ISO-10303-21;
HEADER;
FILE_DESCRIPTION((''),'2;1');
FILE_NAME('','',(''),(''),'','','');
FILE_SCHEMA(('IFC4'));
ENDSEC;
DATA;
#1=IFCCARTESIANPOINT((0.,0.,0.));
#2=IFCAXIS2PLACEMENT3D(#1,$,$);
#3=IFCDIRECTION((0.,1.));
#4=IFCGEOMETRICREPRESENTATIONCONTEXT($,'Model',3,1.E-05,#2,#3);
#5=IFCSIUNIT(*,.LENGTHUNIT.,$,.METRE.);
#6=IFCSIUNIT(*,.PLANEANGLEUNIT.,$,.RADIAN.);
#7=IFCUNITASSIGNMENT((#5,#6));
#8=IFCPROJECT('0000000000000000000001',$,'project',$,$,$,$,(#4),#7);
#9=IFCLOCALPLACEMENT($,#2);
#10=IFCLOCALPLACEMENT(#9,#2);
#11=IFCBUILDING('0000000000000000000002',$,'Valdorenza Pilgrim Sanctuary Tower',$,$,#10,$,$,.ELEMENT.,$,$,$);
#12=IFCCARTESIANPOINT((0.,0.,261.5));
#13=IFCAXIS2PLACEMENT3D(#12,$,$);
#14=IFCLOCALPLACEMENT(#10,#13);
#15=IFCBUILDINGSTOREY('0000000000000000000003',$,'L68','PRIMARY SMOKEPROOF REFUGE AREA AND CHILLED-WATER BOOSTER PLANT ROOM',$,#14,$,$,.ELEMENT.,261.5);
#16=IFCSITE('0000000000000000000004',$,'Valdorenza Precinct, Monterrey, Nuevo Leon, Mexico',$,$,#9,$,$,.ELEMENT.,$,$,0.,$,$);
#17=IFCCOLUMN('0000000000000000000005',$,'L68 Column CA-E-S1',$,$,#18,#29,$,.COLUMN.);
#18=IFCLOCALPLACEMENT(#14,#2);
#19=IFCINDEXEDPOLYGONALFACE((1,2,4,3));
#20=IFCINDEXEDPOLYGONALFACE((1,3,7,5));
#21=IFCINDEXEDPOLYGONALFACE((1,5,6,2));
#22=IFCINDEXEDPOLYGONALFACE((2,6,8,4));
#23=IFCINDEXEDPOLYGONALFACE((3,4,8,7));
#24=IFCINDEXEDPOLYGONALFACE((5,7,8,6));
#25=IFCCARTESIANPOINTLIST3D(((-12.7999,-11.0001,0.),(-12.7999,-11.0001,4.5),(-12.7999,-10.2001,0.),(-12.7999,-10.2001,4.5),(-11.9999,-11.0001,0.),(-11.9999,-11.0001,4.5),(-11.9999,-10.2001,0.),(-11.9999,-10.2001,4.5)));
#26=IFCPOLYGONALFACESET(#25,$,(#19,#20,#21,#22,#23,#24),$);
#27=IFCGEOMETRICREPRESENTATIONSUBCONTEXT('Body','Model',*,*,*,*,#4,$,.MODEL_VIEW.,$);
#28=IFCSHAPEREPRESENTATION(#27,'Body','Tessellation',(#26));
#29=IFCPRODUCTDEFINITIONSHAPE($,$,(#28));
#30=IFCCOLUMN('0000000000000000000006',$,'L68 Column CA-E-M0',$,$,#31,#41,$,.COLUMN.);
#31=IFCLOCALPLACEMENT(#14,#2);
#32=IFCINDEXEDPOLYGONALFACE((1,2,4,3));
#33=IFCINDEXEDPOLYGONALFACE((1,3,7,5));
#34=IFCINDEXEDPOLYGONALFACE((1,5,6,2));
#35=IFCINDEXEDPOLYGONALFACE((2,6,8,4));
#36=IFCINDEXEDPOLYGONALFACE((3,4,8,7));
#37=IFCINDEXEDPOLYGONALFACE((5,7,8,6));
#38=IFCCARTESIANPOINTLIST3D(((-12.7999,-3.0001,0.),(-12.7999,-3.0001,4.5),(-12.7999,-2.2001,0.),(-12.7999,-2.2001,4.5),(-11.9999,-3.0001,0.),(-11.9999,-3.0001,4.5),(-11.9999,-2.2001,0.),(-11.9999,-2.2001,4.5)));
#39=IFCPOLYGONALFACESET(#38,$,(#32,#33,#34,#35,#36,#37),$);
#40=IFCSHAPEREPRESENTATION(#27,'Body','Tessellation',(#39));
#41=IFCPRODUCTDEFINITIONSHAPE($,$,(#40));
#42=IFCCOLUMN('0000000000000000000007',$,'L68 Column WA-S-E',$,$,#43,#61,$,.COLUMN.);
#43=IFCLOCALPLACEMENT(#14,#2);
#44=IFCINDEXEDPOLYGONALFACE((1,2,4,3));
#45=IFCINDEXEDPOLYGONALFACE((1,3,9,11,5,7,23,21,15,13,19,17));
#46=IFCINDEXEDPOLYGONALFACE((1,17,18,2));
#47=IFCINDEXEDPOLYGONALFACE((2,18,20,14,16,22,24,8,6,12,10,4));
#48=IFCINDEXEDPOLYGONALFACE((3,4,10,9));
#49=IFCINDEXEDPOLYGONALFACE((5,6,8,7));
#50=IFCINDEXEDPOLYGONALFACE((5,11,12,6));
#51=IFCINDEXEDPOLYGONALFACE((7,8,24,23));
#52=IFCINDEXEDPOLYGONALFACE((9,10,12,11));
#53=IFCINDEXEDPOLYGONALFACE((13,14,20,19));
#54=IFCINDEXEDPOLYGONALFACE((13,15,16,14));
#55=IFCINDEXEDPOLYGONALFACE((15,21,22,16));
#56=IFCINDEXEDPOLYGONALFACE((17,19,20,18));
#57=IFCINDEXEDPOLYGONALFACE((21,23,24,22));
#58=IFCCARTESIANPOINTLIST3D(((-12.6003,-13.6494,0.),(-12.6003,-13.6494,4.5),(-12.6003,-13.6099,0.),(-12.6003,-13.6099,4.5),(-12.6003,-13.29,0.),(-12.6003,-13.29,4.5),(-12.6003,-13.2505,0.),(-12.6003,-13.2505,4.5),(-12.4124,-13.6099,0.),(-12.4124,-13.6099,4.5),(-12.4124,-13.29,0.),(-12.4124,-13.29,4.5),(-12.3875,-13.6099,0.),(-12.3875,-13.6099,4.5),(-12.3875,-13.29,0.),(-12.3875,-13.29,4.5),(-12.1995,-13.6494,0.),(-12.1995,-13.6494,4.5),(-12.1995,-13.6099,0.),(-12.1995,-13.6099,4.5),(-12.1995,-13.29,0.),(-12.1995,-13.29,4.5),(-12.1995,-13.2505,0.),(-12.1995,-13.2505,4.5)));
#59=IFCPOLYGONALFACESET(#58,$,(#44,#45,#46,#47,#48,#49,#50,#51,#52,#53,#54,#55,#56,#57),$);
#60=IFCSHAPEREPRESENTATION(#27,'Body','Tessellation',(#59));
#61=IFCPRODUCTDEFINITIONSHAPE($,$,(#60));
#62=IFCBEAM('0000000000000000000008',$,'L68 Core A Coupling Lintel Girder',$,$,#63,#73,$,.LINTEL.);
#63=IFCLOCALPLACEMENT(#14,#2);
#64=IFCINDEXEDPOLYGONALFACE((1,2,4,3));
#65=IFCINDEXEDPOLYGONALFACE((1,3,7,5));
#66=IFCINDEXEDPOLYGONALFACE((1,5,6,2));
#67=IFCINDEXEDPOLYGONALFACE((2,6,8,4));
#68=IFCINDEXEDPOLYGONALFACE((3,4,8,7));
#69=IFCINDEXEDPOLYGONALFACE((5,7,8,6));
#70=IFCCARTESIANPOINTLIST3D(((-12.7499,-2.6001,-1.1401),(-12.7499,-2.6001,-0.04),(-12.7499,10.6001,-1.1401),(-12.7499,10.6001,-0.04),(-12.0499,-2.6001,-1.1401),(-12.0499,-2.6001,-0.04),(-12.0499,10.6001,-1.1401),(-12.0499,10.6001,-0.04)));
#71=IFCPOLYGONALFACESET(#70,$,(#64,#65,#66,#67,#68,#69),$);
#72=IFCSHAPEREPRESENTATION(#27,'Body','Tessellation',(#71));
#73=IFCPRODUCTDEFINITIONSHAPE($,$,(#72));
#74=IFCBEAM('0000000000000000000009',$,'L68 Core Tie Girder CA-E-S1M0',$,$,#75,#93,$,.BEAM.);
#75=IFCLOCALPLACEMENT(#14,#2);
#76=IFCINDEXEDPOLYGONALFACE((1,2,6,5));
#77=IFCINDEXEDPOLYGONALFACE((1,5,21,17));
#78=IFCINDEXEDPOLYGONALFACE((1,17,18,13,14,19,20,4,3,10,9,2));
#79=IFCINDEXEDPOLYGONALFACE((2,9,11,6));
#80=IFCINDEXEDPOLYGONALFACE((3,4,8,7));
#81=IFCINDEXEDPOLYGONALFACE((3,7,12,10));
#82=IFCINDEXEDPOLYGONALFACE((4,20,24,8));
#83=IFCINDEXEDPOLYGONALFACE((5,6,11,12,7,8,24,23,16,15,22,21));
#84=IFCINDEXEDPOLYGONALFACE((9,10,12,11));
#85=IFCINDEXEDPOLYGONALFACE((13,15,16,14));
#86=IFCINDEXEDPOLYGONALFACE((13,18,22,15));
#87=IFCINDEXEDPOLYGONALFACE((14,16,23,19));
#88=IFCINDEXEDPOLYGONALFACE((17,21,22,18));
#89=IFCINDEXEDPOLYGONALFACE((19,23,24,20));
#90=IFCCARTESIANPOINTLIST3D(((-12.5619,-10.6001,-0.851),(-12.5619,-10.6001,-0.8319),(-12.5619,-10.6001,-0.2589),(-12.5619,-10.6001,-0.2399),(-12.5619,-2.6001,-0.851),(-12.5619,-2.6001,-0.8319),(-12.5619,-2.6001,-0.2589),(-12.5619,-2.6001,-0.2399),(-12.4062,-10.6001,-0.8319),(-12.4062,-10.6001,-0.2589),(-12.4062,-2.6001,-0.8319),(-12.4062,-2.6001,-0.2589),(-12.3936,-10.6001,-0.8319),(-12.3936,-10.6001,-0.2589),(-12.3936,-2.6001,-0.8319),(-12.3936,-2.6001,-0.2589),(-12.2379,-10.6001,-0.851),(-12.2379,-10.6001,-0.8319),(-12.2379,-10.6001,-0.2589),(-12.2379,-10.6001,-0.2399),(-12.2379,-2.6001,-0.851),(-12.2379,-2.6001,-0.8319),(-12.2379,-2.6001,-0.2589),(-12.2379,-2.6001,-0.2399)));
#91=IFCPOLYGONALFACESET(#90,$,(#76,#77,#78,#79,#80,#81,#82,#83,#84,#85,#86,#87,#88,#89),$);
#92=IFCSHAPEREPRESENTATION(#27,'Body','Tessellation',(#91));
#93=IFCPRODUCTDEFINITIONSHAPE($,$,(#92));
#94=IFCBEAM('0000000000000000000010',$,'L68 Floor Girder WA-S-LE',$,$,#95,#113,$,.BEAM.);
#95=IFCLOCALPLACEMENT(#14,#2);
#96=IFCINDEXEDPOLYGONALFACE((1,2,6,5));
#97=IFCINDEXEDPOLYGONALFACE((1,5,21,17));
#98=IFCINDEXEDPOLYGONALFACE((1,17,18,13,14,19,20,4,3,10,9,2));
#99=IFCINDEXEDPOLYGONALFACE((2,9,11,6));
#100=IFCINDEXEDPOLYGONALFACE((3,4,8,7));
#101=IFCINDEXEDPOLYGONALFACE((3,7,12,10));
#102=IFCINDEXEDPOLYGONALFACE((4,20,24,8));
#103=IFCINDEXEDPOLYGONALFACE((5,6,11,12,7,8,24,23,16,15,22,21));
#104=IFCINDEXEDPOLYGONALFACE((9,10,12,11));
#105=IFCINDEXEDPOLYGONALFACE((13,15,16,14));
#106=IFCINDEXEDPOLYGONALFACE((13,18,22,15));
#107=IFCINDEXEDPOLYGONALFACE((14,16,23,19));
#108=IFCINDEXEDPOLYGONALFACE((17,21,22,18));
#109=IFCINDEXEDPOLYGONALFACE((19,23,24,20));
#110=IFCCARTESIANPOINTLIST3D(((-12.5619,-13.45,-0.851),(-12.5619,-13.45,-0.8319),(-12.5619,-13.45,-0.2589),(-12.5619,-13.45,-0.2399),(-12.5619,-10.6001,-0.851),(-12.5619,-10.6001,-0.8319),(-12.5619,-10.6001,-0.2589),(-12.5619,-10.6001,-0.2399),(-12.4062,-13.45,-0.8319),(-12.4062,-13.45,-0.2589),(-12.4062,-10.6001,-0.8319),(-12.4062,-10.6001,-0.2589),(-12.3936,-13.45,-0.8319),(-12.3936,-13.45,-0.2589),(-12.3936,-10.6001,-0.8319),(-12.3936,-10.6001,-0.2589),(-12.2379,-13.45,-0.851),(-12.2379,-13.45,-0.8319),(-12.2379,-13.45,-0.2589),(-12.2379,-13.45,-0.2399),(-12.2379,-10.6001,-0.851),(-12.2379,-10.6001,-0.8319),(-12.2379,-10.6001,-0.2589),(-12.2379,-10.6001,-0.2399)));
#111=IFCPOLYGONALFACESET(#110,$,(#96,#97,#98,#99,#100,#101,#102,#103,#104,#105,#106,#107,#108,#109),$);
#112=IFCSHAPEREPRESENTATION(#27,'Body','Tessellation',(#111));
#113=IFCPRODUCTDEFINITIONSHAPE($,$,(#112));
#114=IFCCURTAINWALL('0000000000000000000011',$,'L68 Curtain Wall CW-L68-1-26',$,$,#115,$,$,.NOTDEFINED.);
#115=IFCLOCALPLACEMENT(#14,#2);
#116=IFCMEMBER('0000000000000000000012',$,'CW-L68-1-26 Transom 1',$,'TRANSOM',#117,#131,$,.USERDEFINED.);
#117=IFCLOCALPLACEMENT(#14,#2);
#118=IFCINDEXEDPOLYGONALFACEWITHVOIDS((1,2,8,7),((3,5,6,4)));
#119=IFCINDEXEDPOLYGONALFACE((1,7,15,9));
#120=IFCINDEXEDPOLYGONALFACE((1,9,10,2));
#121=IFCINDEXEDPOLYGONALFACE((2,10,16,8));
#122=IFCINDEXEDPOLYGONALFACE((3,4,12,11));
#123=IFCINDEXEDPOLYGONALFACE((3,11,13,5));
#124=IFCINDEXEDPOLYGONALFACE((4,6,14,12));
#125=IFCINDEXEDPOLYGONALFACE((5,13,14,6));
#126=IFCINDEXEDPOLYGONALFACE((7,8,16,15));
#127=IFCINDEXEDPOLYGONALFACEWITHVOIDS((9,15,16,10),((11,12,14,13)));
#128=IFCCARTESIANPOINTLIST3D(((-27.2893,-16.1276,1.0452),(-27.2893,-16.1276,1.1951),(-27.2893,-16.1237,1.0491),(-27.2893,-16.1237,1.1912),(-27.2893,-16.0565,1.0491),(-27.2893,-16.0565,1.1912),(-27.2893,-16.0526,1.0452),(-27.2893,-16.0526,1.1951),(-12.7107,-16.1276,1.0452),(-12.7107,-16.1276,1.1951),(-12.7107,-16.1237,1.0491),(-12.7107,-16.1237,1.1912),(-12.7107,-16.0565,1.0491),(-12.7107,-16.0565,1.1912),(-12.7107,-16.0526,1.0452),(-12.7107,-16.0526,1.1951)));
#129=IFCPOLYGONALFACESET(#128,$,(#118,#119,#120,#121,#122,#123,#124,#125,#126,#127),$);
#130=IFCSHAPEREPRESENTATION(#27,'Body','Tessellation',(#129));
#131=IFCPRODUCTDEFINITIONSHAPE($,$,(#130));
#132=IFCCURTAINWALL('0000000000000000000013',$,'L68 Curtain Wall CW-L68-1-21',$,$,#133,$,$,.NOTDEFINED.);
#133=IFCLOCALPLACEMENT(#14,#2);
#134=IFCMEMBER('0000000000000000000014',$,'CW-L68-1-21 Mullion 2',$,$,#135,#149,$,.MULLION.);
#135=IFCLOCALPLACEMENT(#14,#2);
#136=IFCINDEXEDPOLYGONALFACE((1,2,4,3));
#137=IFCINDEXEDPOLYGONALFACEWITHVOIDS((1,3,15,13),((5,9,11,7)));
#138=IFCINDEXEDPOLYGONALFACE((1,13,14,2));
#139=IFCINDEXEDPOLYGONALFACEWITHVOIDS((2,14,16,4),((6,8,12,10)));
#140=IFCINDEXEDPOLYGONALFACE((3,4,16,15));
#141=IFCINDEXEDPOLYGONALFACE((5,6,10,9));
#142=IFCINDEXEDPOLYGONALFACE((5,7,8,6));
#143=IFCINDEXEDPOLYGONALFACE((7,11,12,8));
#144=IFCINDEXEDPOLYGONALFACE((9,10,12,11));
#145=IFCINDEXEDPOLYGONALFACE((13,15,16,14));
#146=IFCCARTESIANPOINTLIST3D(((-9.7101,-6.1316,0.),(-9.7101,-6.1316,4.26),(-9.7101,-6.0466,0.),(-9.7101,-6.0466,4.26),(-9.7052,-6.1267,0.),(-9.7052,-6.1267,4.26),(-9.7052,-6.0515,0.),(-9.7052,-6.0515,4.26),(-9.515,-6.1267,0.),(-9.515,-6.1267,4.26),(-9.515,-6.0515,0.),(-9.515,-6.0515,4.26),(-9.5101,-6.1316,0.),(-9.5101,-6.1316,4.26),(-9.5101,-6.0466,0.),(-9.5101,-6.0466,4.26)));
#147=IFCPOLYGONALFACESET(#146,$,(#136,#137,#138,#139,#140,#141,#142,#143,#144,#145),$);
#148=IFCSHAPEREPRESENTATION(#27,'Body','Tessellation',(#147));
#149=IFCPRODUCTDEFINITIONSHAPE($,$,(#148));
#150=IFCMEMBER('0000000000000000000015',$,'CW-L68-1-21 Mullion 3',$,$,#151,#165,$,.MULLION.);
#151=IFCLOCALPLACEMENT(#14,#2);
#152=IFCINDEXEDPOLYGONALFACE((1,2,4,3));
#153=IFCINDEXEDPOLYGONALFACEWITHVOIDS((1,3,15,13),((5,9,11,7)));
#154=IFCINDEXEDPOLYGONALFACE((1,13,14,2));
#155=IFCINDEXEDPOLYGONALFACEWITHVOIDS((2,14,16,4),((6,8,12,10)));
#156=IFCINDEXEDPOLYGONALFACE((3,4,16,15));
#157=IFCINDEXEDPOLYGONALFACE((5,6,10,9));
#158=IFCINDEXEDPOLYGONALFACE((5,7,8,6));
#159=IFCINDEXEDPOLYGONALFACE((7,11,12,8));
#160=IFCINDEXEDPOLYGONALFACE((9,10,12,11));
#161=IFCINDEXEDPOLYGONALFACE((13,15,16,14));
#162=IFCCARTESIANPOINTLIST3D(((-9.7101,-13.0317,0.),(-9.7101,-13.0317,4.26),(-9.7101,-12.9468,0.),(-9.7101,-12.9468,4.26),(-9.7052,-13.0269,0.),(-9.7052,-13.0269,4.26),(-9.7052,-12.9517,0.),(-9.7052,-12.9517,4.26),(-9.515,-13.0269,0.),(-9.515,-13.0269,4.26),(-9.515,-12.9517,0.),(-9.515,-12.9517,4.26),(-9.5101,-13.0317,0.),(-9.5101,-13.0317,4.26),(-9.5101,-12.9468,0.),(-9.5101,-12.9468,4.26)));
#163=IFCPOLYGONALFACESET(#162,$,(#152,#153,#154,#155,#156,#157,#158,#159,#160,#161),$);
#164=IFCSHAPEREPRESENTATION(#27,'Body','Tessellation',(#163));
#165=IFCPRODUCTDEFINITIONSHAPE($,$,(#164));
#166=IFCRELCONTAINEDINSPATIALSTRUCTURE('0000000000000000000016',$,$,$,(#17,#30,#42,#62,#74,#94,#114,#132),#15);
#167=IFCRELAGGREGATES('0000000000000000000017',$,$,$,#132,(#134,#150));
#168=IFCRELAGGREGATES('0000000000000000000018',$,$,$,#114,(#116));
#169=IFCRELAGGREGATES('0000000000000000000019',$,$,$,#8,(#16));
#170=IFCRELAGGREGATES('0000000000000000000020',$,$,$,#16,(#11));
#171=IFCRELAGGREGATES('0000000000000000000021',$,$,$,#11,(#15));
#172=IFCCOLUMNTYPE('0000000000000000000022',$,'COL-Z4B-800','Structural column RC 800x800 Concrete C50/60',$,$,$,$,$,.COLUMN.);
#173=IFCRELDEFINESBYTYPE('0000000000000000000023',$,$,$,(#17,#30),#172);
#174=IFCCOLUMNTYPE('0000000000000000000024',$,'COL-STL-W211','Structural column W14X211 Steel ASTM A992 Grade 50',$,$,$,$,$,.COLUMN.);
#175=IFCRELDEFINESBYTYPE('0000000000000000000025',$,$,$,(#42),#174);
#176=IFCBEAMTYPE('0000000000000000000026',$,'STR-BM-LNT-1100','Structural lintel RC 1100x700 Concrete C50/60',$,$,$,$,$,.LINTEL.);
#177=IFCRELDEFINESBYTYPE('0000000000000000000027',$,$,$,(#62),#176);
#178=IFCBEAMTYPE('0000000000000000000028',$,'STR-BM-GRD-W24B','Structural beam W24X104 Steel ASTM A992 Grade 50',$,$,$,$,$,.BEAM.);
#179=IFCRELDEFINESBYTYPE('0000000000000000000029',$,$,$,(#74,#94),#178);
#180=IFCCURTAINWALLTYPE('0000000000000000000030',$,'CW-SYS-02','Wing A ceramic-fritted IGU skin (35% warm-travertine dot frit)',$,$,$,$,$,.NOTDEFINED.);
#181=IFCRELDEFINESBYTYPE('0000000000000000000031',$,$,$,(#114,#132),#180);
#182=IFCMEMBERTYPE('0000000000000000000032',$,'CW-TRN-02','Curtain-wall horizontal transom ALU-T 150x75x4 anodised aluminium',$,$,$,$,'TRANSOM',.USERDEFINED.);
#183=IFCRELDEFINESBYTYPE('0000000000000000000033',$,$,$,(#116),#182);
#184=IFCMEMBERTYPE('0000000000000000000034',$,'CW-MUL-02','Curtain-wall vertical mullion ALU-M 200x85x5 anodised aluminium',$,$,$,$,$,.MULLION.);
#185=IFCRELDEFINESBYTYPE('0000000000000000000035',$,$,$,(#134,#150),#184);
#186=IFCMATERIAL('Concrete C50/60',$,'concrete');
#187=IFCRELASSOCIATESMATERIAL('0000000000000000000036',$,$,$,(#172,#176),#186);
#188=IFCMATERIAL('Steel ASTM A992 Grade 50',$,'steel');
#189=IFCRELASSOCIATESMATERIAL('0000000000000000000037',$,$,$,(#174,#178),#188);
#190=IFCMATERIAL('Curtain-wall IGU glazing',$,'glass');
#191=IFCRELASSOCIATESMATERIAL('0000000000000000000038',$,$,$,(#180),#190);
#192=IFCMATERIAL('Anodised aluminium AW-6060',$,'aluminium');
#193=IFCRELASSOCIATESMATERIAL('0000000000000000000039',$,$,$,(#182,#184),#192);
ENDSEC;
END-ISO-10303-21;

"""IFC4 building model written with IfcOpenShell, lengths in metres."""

from ifc_helpers import new_model, si_unit, direction, frame, origin, origin_2d, place, context, subcontext, project, spatial, rectangle, hollow_rectangle, i_section, extrude, source, transform, mapped, material, material_profile, profile_set, type_object, element, aggregate, save


model = new_model("IFC4")

# Units and contexts
model_context = context("Model", 3, precision=1e-05, world=origin(), true_north=direction((0.0, 1.0)))
body_context = subcontext(model_context, "Body", "Model", "MODEL_VIEW")
ifc_project = project(units=[si_unit("LENGTHUNIT", "METRE"), si_unit("PLANEANGLEUNIT", "RADIAN")], contexts=[model_context])

# Site, building, storey
site_placement = place(None, origin())
site = spatial("IfcSite", under=ifc_project, at=site_placement, Name="Valdorenza Precinct, Monterrey, Nuevo Leon, Mexico", CompositionType="ELEMENT", RefElevation=0.0)
building_placement = place(site_placement, origin())
building = spatial("IfcBuilding", under=site, at=building_placement, Name="Valdorenza Pilgrim Sanctuary Tower", CompositionType="ELEMENT")
storey_placement = place(building_placement, frame((0.0, 0.0, 261.5)))
storey = spatial("IfcBuildingStorey", under=building, at=storey_placement, Name="L68", Description="PRIMARY SMOKEPROOF REFUGE AREA AND CHILLED-WATER BOOSTER PLANT ROOM", CompositionType="ELEMENT", Elevation=261.5)

# Columns
ifc_material_1 = material(Name="Concrete C50/60", Category="concrete")
ifc_material_profile_1 = material_profile(ifc_material_1, rectangle(XDim=0.8, YDim=0.8, at=origin_2d()), Name="RC 800x800")
ifc_profile_set_1 = profile_set([ifc_material_profile_1], Name="Concrete C50/60")
column_type_1 = type_object("IfcColumnType", Name="COL-Z4B-800", Description="Structural column RC 800x800 Concrete C50/60", PredefinedType="COLUMN", material=ifc_profile_set_1)
shared_shape_1 = source(origin(), body_context, "Body", "SweptSolid", [
    extrude(rectangle(XDim=0.8, YDim=0.8, at=origin_2d()), origin(), (0.0, 0.0, 1.0), 4.5),
])
for number, where, z_axis, x_axis, name in (
    (1, (-12.3999, -10.6001, 0.0), (0.0, 0.0, 1.0), (1.0, 0.0, 0.0), "L68 Column CA-E-S1"),
    (2, (-12.3999, -2.6001, 0.0), (0.0, 0.0, 1.0), (1.0, 0.0, 0.0), "L68 Column CA-E-M0"),
):
    element("IfcColumn", number, at=place(storey_placement, frame(where, z_axis=z_axis, x_axis=x_axis)), inside=storey, type_object=column_type_1, Name=name, PredefinedType="COLUMN", context=body_context, shape_type="MappedRepresentation", body=[
        mapped(shared_shape_1, transform((0.0, 0.0, 0.0), x_axis=(1.0, 0.0, 0.0), y_axis=(0.0, 1.0, 0.0), z_axis=(0.0, 0.0, 1.0), scale=1.0)),
    ])
ifc_material_2 = material(Name="Steel ASTM A992 Grade 50", Category="steel")
ifc_material_profile_2 = material_profile(ifc_material_2, i_section(OverallWidth=0.4009, OverallDepth=0.3989, WebThickness=0.0249, FlangeThickness=0.0396, at=origin_2d()), Name="W14X211")
ifc_profile_set_2 = profile_set([ifc_material_profile_2], Name="Steel ASTM A992 Grade 50")
column_type_2 = type_object("IfcColumnType", Name="COL-STL-W211", Description="Structural column W14X211 Steel ASTM A992 Grade 50", PredefinedType="COLUMN", material=ifc_profile_set_2)
shared_shape_2 = source(origin(), body_context, "Body", "SweptSolid", [
    extrude(i_section(OverallWidth=0.4009, OverallDepth=0.3989, WebThickness=0.0249, FlangeThickness=0.0396, at=origin_2d()), origin(), (0.0, 0.0, 1.0), 4.5),
])
column_placement = place(storey_placement, frame((-12.3999, -13.45, 0.0), z_axis=(0.0, 0.0, 1.0), x_axis=(1.0, 0.0, 0.0)))
element("IfcColumn", 3, at=column_placement, inside=storey, type_object=column_type_2, Name="L68 Column WA-S-E", PredefinedType="COLUMN", context=body_context, shape_type="MappedRepresentation", body=[
    mapped(shared_shape_2, transform((0.0, 0.0, 0.0), x_axis=(1.0, 0.0, 0.0), y_axis=(0.0, 1.0, 0.0), z_axis=(0.0, 0.0, 1.0), scale=1.0)),
])

# Beams
ifc_material_profile_3 = material_profile(ifc_material_1, rectangle(XDim=0.7, YDim=1.1001, at=origin_2d()), Name="RC 1100x700")
ifc_profile_set_3 = profile_set([ifc_material_profile_3], Name="Concrete C50/60")
beam_type_1 = type_object("IfcBeamType", Name="STR-BM-LNT-1100", Description="Structural lintel RC 1100x700 Concrete C50/60", PredefinedType="LINTEL", material=ifc_profile_set_3)
shared_shape_3 = source(origin(), body_context, "Body", "SweptSolid", [
    extrude(rectangle(XDim=0.7, YDim=1.1001, at=origin_2d()), origin(), (0.0, 0.0, 1.0), 13.2002),
])
beam_1_placement = place(storey_placement, frame((-12.3999, -2.6001, -0.5901), z_axis=(0.0, 1.0, 0.0), x_axis=(-1.0, 0.0, 0.0)))
element("IfcBeam", 4, at=beam_1_placement, inside=storey, type_object=beam_type_1, Name="L68 Core A Coupling Lintel Girder", PredefinedType="LINTEL", context=body_context, shape_type="MappedRepresentation", body=[
    mapped(shared_shape_3, transform((0.0, 0.0, 0.0), x_axis=(1.0, 0.0, 0.0), y_axis=(0.0, 1.0, 0.0), z_axis=(0.0, 0.0, 1.0), scale=1.0)),
])
ifc_material_profile_4 = material_profile(ifc_material_2, i_section(OverallWidth=0.324, OverallDepth=0.6111, WebThickness=0.0127, FlangeThickness=0.019, at=origin_2d()), Name="W24X104")
ifc_profile_set_4 = profile_set([ifc_material_profile_4], Name="Steel ASTM A992 Grade 50")
beam_type_2 = type_object("IfcBeamType", Name="STR-BM-GRD-W24B", Description="Structural beam W24X104 Steel ASTM A992 Grade 50", PredefinedType="BEAM", material=ifc_profile_set_4)
shared_shape_4 = source(origin(), body_context, "Body", "SweptSolid", [
    extrude(i_section(OverallWidth=0.324, OverallDepth=0.6111, WebThickness=0.0127, FlangeThickness=0.019, at=origin_2d()), origin(), (0.0, 0.0, 1.0), 8.0),
])
beam_2_placement = place(storey_placement, frame((-12.3999, -10.6001, -0.5454), z_axis=(0.0, 1.0, 0.0), x_axis=(-1.0, 0.0, 0.0)))
element("IfcBeam", 5, at=beam_2_placement, inside=storey, type_object=beam_type_2, Name="L68 Core Tie Girder CA-E-S1M0", PredefinedType="BEAM", context=body_context, shape_type="MappedRepresentation", body=[
    mapped(shared_shape_4, transform((0.0, 0.0, 0.0), x_axis=(1.0, 0.0, 0.0), y_axis=(0.0, 1.0, 0.0), z_axis=(0.0, 0.0, 1.0), scale=1.0)),
])
shared_shape_5 = source(origin(), body_context, "Body", "SweptSolid", [
    extrude(i_section(OverallWidth=0.324, OverallDepth=0.6111, WebThickness=0.0127, FlangeThickness=0.019, at=origin_2d()), origin(), (0.0, 0.0, 1.0), 2.8499),
])
beam_3_placement = place(storey_placement, frame((-12.3999, -13.45, -0.5454), z_axis=(0.0, 1.0, 0.0), x_axis=(-1.0, 0.0, 0.0)))
element("IfcBeam", 6, at=beam_3_placement, inside=storey, type_object=beam_type_2, Name="L68 Floor Girder WA-S-LE", PredefinedType="BEAM", context=body_context, shape_type="MappedRepresentation", body=[
    mapped(shared_shape_5, transform((0.0, 0.0, 0.0), x_axis=(1.0, 0.0, 0.0), y_axis=(0.0, 1.0, 0.0), z_axis=(0.0, 0.0, 1.0), scale=1.0)),
])

# Curtain wall, member
ifc_material_3 = material(Name="Curtain-wall IGU glazing", Category="glass")
curtain_wall_type = type_object("IfcCurtainWallType", Name="CW-SYS-02", Description="Wing A ceramic-fritted IGU skin (35% warm-travertine dot frit)", PredefinedType="NOTDEFINED", material=ifc_material_3)
curtain_wall_1_placement = place(storey_placement, origin())
curtain_wall_1 = element("IfcCurtainWall", 7, at=curtain_wall_1_placement, inside=storey, type_object=curtain_wall_type, Name="L68 Curtain Wall CW-L68-1-26", PredefinedType="NOTDEFINED")
ifc_material_4 = material(Name="Anodised aluminium AW-6060", Category="aluminium")
ifc_material_profile_5 = material_profile(ifc_material_4, hollow_rectangle(XDim=0.075, YDim=0.1499, WallThickness=0.0039, at=origin_2d()), Name="ALU-T 150x75x4")
ifc_profile_set_5 = profile_set([ifc_material_profile_5], Name="Anodised aluminium AW-6060")
member_type_1 = type_object("IfcMemberType", Name="CW-TRN-02", Description="Curtain-wall horizontal transom ALU-T 150x75x4 anodised aluminium", ElementType="TRANSOM", PredefinedType="USERDEFINED", material=ifc_profile_set_5)
shared_shape_6 = source(origin(), body_context, "Body", "SweptSolid", [
    extrude(hollow_rectangle(XDim=0.075, YDim=0.1499, WallThickness=0.0039, at=origin_2d()), origin(), (0.0, 0.0, 1.0), 14.5786),
])
member_1_placement = place(storey_placement, frame((-12.7107, -16.0901, 1.1201), z_axis=(-1.0, 0.0, 0.0), x_axis=(0.0, -1.0, 0.0)))
member_1 = element("IfcMember", 8, at=member_1_placement, type_object=member_type_1, Name="CW-L68-1-26 Transom 1", ObjectType="TRANSOM", PredefinedType="USERDEFINED", context=body_context, shape_type="MappedRepresentation", body=[
    mapped(shared_shape_6, transform((0.0, 0.0, 0.0), x_axis=(1.0, 0.0, 0.0), y_axis=(0.0, 1.0, 0.0), z_axis=(0.0, 0.0, 1.0), scale=1.0)),
])

# Curtain wall, members
curtain_wall_2_placement = place(storey_placement, origin())
curtain_wall_2 = element("IfcCurtainWall", 9, at=curtain_wall_2_placement, inside=storey, type_object=curtain_wall_type, Name="L68 Curtain Wall CW-L68-1-21", PredefinedType="NOTDEFINED")
ifc_material_profile_6 = material_profile(ifc_material_4, hollow_rectangle(XDim=0.085, YDim=0.2, WallThickness=0.0049, at=origin_2d()), Name="ALU-M 200x85x5")
ifc_profile_set_6 = profile_set([ifc_material_profile_6], Name="Anodised aluminium AW-6060")
member_type_2 = type_object("IfcMemberType", Name="CW-MUL-02", Description="Curtain-wall vertical mullion ALU-M 200x85x5 anodised aluminium", PredefinedType="MULLION", material=ifc_profile_set_6)
shared_shape_7 = source(origin(), body_context, "Body", "SweptSolid", [
    extrude(hollow_rectangle(XDim=0.085, YDim=0.2, WallThickness=0.0049, at=origin_2d()), origin(), (0.0, 0.0, 1.0), 4.26),
])
member_2_placement = place(storey_placement, frame((-9.6101, -6.0891, 0.0), z_axis=(0.0, 0.0, 1.0), x_axis=(0.0, -1.0, 0.0)))
member_2 = element("IfcMember", 10, at=member_2_placement, type_object=member_type_2, Name="CW-L68-1-21 Mullion 2", PredefinedType="MULLION", context=body_context, shape_type="MappedRepresentation", body=[
    mapped(shared_shape_7, transform((0.0, 0.0, 0.0), x_axis=(1.0, 0.0, 0.0), y_axis=(0.0, 1.0, 0.0), z_axis=(0.0, 0.0, 1.0), scale=1.0)),
])
member_3_placement = place(storey_placement, frame((-9.6101, -12.9893, 0.0), z_axis=(0.0, 0.0, 1.0), x_axis=(0.0, -1.0, 0.0)))
member_3 = element("IfcMember", 11, at=member_3_placement, type_object=member_type_2, Name="CW-L68-1-21 Mullion 3", PredefinedType="MULLION", context=body_context, shape_type="MappedRepresentation", body=[
    mapped(shared_shape_7, transform((0.0, 0.0, 0.0), x_axis=(1.0, 0.0, 0.0), y_axis=(0.0, 1.0, 0.0), z_axis=(0.0, 0.0, 1.0), scale=1.0)),
])

aggregate(curtain_wall_2, [member_2, member_3])
aggregate(curtain_wall_1, [member_1])

save(model, "model.ifc")
